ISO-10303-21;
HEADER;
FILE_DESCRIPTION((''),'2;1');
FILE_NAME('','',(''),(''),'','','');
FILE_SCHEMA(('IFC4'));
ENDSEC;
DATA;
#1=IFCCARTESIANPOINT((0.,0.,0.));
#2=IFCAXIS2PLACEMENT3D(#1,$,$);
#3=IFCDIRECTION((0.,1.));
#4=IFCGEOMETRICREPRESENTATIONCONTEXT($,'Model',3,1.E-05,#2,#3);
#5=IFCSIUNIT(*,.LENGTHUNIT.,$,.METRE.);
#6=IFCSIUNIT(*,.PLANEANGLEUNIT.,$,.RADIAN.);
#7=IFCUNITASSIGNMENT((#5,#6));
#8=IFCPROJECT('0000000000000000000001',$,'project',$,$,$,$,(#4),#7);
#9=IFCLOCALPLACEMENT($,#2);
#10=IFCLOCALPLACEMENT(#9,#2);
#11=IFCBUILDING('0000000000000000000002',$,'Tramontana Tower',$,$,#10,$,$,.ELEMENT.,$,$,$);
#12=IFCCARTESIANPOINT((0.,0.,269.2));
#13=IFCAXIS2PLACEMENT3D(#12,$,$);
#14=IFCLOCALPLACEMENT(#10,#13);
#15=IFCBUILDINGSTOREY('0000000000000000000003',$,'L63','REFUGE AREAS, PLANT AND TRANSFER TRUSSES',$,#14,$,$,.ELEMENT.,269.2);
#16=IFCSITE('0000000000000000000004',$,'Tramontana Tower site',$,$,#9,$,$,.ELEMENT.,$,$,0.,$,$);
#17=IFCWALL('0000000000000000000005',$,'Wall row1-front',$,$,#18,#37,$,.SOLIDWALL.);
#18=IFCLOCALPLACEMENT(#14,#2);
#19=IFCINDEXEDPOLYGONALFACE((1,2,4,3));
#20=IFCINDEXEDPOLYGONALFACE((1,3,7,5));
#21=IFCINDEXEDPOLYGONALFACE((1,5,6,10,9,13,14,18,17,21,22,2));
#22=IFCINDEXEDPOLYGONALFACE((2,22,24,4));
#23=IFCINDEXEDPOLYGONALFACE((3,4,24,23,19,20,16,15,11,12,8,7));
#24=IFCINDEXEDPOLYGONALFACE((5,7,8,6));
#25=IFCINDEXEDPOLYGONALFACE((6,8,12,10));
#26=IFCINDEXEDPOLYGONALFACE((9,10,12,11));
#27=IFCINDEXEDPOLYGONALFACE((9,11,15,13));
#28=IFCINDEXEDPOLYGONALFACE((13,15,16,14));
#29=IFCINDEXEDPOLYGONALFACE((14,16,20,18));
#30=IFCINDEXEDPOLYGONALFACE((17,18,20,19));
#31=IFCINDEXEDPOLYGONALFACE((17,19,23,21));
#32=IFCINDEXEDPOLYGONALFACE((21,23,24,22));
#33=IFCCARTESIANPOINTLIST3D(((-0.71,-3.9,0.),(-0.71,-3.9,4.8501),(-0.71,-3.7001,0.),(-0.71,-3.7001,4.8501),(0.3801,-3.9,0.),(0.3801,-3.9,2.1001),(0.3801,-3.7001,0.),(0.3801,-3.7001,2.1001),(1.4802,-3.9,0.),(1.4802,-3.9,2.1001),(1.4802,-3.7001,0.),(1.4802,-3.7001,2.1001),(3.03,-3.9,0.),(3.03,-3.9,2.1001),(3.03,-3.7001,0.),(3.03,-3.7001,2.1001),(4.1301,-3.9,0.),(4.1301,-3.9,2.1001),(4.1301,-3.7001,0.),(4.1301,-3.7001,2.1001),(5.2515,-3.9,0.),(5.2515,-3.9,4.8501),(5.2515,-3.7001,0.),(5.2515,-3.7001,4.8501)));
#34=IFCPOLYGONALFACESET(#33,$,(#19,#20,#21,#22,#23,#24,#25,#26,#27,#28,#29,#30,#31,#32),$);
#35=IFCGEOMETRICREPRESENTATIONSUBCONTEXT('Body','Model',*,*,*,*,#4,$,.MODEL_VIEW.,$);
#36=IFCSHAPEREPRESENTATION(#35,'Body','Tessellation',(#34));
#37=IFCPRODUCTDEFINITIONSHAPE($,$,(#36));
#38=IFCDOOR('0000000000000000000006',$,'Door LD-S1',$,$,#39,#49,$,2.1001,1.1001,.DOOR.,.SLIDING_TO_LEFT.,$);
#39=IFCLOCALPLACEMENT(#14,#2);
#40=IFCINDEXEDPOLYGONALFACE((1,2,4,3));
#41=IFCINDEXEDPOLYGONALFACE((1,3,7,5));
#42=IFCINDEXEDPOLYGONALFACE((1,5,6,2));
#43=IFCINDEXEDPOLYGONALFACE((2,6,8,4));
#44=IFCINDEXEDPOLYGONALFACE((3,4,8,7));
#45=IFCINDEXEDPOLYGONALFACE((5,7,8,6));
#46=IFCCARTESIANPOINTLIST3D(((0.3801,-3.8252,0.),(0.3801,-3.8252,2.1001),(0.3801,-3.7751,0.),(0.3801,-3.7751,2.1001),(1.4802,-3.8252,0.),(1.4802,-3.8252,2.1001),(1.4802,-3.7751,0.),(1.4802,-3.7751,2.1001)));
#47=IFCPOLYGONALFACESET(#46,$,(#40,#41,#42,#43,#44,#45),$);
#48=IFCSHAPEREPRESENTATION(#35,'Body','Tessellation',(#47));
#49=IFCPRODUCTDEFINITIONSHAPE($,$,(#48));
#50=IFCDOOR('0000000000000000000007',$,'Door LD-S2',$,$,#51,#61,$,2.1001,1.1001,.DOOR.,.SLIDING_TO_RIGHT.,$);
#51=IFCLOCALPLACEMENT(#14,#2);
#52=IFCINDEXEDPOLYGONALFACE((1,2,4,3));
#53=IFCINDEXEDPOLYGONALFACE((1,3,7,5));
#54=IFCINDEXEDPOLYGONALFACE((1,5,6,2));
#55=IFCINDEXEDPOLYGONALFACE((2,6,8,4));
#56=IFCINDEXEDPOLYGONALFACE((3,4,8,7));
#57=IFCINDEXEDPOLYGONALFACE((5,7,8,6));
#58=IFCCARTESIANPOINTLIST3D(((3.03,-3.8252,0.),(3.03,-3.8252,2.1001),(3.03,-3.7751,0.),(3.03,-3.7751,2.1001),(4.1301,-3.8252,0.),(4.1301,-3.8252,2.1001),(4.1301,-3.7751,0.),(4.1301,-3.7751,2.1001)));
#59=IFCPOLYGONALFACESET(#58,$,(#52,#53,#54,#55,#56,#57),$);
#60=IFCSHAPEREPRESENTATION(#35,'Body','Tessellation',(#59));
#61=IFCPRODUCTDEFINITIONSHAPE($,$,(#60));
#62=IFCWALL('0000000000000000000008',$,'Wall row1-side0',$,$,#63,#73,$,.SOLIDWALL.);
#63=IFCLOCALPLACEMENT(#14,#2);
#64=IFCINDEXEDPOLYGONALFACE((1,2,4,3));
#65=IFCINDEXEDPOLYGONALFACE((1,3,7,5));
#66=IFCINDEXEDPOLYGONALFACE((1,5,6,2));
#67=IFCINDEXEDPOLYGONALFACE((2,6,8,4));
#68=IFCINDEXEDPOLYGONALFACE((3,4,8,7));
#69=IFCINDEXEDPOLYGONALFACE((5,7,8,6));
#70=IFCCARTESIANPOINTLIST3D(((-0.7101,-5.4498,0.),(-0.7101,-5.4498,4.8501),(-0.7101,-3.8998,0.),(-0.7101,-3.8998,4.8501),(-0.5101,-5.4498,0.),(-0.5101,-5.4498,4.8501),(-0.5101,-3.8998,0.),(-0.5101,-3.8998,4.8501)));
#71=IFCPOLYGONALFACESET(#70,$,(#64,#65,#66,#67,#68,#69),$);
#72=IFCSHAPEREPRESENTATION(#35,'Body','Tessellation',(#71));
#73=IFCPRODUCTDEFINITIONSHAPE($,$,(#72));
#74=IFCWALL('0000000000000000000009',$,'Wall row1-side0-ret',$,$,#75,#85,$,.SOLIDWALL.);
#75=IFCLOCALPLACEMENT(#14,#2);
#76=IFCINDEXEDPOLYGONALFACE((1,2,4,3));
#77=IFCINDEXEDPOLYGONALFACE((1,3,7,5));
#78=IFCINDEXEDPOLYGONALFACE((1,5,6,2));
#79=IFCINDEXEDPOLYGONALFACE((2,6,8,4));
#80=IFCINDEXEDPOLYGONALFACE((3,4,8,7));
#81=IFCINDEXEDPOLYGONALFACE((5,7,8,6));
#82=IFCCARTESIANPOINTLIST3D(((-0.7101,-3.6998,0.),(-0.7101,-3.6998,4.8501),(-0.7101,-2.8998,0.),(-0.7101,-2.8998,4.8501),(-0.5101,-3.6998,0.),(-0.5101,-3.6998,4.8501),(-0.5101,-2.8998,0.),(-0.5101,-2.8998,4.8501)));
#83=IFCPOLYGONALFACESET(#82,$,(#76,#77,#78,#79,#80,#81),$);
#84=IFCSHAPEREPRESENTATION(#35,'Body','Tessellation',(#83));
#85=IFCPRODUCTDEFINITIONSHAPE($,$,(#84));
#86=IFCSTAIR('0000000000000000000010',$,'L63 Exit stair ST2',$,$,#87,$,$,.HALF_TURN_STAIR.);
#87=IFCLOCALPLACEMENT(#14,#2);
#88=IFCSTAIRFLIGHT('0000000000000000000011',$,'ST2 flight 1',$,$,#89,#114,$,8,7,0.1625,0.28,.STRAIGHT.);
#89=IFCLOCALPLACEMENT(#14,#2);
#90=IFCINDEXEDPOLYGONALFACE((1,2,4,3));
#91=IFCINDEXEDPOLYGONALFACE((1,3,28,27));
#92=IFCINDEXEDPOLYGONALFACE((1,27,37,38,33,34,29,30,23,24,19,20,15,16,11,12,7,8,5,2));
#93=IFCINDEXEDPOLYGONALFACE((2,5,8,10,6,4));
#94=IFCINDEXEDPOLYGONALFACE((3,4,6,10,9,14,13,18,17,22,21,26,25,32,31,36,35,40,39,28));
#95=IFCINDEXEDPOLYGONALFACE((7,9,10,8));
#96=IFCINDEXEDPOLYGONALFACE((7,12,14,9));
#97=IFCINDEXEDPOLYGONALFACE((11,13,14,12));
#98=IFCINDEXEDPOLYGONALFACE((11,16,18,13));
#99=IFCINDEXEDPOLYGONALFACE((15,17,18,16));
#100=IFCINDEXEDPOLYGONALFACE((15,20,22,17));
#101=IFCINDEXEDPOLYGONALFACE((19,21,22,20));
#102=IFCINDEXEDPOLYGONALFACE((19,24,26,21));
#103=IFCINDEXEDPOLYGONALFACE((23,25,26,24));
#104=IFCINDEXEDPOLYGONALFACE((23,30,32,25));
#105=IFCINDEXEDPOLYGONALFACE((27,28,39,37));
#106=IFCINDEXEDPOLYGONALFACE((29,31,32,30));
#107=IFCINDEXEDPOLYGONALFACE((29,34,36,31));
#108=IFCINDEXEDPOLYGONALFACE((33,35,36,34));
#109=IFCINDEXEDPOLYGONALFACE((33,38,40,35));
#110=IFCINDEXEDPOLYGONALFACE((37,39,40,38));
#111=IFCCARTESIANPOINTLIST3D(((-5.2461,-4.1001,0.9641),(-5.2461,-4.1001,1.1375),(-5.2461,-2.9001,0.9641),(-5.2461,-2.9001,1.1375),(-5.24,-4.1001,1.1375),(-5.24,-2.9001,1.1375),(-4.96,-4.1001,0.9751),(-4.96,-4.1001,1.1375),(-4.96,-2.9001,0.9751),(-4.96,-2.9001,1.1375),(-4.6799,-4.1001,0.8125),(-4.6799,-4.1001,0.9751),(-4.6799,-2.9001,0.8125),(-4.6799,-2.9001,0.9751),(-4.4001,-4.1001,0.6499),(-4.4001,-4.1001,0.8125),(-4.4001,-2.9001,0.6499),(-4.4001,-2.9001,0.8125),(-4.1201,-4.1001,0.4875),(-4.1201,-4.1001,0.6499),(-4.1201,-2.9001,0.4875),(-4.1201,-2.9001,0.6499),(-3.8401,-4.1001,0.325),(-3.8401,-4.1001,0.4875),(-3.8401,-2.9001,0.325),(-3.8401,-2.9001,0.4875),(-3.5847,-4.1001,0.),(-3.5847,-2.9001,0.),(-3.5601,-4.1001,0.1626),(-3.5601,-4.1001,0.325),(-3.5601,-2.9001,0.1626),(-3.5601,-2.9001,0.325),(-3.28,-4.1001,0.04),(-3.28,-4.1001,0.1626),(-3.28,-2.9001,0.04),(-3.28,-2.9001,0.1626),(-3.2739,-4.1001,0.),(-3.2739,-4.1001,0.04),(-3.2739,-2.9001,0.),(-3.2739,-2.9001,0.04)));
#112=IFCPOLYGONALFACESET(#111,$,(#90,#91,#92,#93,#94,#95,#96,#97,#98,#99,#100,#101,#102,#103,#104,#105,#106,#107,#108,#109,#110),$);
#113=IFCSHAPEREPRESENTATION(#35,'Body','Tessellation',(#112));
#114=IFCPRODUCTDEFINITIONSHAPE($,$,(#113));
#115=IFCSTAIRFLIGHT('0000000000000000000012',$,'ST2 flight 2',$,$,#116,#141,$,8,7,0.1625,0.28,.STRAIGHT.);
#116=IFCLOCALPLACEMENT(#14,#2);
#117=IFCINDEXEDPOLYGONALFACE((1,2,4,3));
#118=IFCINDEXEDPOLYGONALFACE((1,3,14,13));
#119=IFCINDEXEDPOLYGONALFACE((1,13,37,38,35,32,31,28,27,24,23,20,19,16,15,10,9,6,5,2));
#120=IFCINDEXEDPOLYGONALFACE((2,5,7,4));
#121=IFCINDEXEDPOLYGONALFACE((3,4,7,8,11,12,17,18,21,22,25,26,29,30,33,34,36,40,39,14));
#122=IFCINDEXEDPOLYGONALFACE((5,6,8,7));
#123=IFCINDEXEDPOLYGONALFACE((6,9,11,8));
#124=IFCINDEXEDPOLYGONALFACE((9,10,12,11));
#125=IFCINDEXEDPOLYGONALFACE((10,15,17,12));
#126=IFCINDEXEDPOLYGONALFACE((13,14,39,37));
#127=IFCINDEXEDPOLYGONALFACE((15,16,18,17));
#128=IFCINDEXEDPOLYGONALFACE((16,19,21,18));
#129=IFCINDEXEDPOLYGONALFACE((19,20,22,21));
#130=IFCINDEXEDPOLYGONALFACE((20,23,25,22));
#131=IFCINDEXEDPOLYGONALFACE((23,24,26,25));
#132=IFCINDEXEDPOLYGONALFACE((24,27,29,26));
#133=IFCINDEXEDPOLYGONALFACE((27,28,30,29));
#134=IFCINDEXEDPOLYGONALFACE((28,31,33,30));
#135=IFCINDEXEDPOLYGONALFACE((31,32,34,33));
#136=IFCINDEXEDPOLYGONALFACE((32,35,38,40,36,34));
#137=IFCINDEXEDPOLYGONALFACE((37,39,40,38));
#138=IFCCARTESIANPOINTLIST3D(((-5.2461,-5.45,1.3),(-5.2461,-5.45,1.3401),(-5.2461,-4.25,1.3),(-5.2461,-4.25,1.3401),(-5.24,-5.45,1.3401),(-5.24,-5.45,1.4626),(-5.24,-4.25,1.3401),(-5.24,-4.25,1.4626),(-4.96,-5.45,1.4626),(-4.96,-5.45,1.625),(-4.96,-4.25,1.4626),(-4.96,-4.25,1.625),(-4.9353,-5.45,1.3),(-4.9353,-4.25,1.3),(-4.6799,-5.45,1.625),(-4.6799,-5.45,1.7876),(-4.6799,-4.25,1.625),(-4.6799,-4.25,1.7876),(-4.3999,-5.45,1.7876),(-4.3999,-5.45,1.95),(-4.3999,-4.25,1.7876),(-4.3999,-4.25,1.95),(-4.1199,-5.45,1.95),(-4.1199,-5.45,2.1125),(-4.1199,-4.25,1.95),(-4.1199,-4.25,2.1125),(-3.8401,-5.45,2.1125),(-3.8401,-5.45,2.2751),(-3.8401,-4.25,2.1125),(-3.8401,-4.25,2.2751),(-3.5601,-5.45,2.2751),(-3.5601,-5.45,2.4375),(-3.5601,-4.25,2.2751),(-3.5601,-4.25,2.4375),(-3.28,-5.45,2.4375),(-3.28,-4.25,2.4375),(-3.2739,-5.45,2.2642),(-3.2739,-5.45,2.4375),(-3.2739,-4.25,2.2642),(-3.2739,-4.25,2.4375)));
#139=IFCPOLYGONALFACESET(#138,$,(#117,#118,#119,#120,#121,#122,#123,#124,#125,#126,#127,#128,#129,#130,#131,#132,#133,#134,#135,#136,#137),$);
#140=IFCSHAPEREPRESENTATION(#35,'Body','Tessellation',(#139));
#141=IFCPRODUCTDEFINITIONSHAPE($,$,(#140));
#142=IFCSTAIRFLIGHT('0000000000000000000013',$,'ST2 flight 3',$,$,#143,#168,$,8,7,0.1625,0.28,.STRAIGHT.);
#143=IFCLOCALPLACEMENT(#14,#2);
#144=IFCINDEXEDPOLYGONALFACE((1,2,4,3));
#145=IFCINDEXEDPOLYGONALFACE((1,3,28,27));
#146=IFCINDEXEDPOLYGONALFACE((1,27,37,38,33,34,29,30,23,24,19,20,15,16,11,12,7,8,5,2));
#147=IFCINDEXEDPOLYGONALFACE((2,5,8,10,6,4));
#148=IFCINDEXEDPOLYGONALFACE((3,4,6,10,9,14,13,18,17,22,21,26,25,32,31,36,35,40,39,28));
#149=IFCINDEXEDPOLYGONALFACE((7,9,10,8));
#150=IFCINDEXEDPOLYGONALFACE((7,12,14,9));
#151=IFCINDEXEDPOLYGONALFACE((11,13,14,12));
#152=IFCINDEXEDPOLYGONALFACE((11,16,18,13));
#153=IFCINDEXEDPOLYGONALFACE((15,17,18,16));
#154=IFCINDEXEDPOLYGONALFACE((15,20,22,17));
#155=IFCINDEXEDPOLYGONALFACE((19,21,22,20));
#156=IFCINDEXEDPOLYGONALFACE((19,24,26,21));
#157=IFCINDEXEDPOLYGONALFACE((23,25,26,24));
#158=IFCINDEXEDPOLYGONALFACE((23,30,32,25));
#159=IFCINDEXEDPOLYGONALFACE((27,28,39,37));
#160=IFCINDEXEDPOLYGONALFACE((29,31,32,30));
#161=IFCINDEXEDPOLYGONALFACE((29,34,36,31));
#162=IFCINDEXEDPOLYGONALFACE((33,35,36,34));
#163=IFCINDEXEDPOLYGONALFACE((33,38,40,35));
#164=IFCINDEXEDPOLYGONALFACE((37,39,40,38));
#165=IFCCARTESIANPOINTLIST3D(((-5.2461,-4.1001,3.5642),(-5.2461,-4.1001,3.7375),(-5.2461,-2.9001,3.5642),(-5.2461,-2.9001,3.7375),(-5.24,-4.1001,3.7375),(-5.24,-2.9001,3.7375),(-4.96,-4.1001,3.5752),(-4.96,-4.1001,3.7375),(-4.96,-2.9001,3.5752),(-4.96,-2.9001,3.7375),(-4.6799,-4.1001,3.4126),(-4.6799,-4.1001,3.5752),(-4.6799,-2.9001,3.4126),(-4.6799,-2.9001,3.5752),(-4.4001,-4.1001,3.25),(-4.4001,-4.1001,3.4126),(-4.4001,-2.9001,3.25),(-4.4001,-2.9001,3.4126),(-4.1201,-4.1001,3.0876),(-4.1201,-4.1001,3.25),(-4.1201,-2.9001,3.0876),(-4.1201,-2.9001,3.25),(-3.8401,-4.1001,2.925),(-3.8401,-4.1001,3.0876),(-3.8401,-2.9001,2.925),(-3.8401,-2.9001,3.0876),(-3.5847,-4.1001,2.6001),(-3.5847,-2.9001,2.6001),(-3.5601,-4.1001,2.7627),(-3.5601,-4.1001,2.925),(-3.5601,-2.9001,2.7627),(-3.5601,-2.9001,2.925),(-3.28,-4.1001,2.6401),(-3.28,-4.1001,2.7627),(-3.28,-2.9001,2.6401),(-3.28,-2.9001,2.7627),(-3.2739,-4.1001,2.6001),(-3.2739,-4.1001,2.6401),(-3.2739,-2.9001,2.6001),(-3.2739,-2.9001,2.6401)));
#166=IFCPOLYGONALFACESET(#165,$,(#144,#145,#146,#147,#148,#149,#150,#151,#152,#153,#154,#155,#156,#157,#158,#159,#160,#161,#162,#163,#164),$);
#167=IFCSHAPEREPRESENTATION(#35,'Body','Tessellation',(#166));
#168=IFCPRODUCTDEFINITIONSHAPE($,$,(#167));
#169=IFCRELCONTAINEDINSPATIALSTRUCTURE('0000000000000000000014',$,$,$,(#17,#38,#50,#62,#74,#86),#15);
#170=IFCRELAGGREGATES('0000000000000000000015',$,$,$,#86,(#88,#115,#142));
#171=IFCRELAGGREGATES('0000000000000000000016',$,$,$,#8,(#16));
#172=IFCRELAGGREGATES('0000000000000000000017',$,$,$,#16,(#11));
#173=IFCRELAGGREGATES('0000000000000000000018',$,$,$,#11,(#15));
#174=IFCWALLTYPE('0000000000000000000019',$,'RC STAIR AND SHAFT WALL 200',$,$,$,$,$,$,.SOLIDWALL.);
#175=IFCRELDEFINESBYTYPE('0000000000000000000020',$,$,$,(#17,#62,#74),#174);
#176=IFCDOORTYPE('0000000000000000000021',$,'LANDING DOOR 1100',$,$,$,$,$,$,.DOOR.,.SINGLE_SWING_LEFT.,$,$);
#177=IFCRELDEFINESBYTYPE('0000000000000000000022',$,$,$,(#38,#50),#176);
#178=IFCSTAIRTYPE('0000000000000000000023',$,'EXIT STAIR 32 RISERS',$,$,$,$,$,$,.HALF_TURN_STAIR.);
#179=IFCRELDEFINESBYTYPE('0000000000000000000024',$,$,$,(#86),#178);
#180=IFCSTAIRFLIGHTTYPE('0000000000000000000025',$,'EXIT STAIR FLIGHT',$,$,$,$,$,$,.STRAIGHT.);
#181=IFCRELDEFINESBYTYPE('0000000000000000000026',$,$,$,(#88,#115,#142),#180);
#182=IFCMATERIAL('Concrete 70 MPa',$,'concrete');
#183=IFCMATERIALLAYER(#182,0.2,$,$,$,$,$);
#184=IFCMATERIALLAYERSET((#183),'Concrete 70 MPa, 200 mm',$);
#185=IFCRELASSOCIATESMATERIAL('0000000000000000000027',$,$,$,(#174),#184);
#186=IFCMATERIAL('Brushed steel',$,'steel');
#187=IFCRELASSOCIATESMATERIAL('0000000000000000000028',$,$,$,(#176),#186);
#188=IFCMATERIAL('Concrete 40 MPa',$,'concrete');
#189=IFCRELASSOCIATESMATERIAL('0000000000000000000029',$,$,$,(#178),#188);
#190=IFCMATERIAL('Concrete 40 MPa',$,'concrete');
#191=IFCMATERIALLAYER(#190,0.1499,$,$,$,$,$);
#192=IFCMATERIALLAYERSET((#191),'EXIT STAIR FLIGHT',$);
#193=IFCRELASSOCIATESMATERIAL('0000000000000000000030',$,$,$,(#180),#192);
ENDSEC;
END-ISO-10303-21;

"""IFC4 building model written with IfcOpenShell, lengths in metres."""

from ifc_helpers import new_model, si_unit, direction, frame, frame_2d, origin, place, context, subcontext, project, spatial, polyline, rectangle, outline, extrude, material, layer, layer_set, type_object, element, fill, aggregate, save


model = new_model("IFC4")

# Units and contexts
model_context = context("Model", 3, precision=1e-05, world=origin(), true_north=direction((0.0, 1.0)))
body_context = subcontext(model_context, "Body", "Model", "MODEL_VIEW")
ifc_project = project(units=[si_unit("LENGTHUNIT", "METRE"), si_unit("PLANEANGLEUNIT", "RADIAN")], contexts=[model_context])

# Site, building, storey
site_placement = place(None, origin())
site = spatial("IfcSite", under=ifc_project, at=site_placement, Name="Tramontana Tower site", CompositionType="ELEMENT", RefElevation=0.0)
building_placement = place(site_placement, origin())
building = spatial("IfcBuilding", under=site, at=building_placement, Name="Tramontana Tower", CompositionType="ELEMENT")
storey_placement = place(building_placement, frame((0.0, 0.0, 269.2)))
storey = spatial("IfcBuildingStorey", under=building, at=storey_placement, Name="L63", Description="REFUGE AREAS, PLANT AND TRANSFER TRUSSES", CompositionType="ELEMENT", Elevation=269.2)

# Shared definitions
ifc_material_1 = material(Name="Concrete 70 MPa", Category="concrete")
ifc_layer_1 = layer(ifc_material_1, 0.2)
ifc_layer_set_1 = layer_set([ifc_layer_1], Name="Concrete 70 MPa, 200 mm")
wall_type_1 = type_object("IfcWallType", Name="RC STAIR AND SHAFT WALL 200", PredefinedType="SOLIDWALL", material=ifc_layer_set_1)

# Wall, openings, doors
wall_1_placement = place(storey_placement, frame((-0.71, -3.8, 0.0), z_axis=(0.0, 0.0, 1.0), x_axis=(1.0, 0.0, 0.0)))
wall_1 = element("IfcWall", 1, at=wall_1_placement, inside=storey, type_object=wall_type_1, Name="Wall row1-front", PredefinedType="SOLIDWALL", context=body_context, shape_type="SweptSolid", body=[
    extrude(rectangle(XDim=5.9614, YDim=0.2, at=frame_2d((2.9807, 0.0))), origin(), (0.0, 0.0, 1.0), 4.8501),
])
opening_1_placement = place(wall_1_placement, frame((1.0901, 0.0, 0.0)))
opening_1 = element("IfcOpeningElement", 2, at=opening_1_placement, cuts=wall_1, PredefinedType="OPENING", context=body_context, shape_type="SweptSolid", body=[
    extrude(rectangle(XDim=1.1001, YDim=2.1001, at=frame_2d((0.55, 1.05))), frame((0.0, 0.1099, 0.0), z_axis=(0.0, -1.0, 0.0), x_axis=(1.0, 0.0, 0.0)), (0.0, 0.0, 1.0), 0.22),
])
opening_2_placement = place(wall_1_placement, frame((3.74, 0.0, 0.0)))
opening_2 = element("IfcOpeningElement", 3, at=opening_2_placement, cuts=wall_1, PredefinedType="OPENING", context=body_context, shape_type="SweptSolid", body=[
    extrude(rectangle(XDim=1.1001, YDim=2.1001, at=frame_2d((0.55, 1.05))), frame((0.0, 0.1099, 0.0), z_axis=(0.0, -1.0, 0.0), x_axis=(1.0, 0.0, 0.0)), (0.0, 0.0, 1.0), 0.22),
])
ifc_material_2 = material(Name="Brushed steel", Category="steel")
door_type_1 = type_object("IfcDoorType", Name="LANDING DOOR 1100", OperationType="SINGLE_SWING_LEFT", PredefinedType="DOOR", material=ifc_material_2)
door_1_placement = place(opening_1_placement, origin())
door_1 = element("IfcDoor", 4, at=door_1_placement, inside=storey, type_object=door_type_1, Name="Door LD-S1", OperationType="SLIDING_TO_LEFT", OverallHeight=2.1001, OverallWidth=1.1001, PredefinedType="DOOR", context=body_context, shape_type="SweptSolid", body=[
    extrude(rectangle(XDim=1.1001, YDim=2.1001, at=frame_2d((0.55, 1.05))), frame((0.0, 0.0249, 0.0), z_axis=(0.0, -1.0, 0.0), x_axis=(1.0, 0.0, 0.0)), (0.0, 0.0, 1.0), 0.05),
])
fill(opening_1, door_1)
door_2_placement = place(opening_2_placement, origin())
door_2 = element("IfcDoor", 5, at=door_2_placement, inside=storey, type_object=door_type_1, Name="Door LD-S2", OperationType="SLIDING_TO_RIGHT", OverallHeight=2.1001, OverallWidth=1.1001, PredefinedType="DOOR", context=body_context, shape_type="SweptSolid", body=[
    extrude(rectangle(XDim=1.1001, YDim=2.1001, at=frame_2d((0.55, 1.05))), frame((0.0, 0.0249, 0.0), z_axis=(0.0, -1.0, 0.0), x_axis=(1.0, 0.0, 0.0)), (0.0, 0.0, 1.0), 0.05),
])
fill(opening_2, door_2)

# Walls
wall_2_placement = place(storey_placement, frame((-0.6101, -3.8999, 0.0), z_axis=(0.0, 0.0, 1.0), x_axis=(0.0, -1.0, 0.0)))
element("IfcWall", 6, at=wall_2_placement, inside=storey, type_object=wall_type_1, Name="Wall row1-side0", PredefinedType="SOLIDWALL", context=body_context, shape_type="SweptSolid", body=[
    extrude(rectangle(XDim=1.55, YDim=0.2, at=frame_2d((0.7749, 0.0))), origin(), (0.0, 0.0, 1.0), 4.8501),
])
wall_3_placement = place(storey_placement, frame((-0.6101, -2.8999, 0.0), z_axis=(0.0, 0.0, 1.0), x_axis=(0.0, -1.0, 0.0)))
element("IfcWall", 7, at=wall_3_placement, inside=storey, type_object=wall_type_1, Name="Wall row1-side0-ret", PredefinedType="SOLIDWALL", context=body_context, shape_type="SweptSolid", body=[
    extrude(rectangle(XDim=0.8, YDim=0.2, at=frame_2d((0.3999, 0.0))), origin(), (0.0, 0.0, 1.0), 4.8501),
])

# Stair, stair flights
ifc_material_3 = material(Name="Concrete 40 MPa", Category="concrete")
stair_type = type_object("IfcStairType", Name="EXIT STAIR 32 RISERS", PredefinedType="HALF_TURN_STAIR", material=ifc_material_3)
stair_placement = place(storey_placement, origin())
stair = element("IfcStair", 8, at=stair_placement, inside=storey, type_object=stair_type, Name="L63 Exit stair ST2", PredefinedType="HALF_TURN_STAIR")
ifc_material_4 = material(Name="Concrete 40 MPa", Category="concrete")
ifc_layer_2 = layer(ifc_material_4, 0.1499)
ifc_layer_set_2 = layer_set([ifc_layer_2], Name="EXIT STAIR FLIGHT")
stair_flight_type = type_object("IfcStairFlightType", Name="EXIT STAIR FLIGHT", PredefinedType="STRAIGHT", material=ifc_layer_set_2)
stair_flight_1_placement = place(storey_placement, frame((-3.28, -3.5, 0.0), z_axis=(0.0, 0.0, 1.0), x_axis=(-1.0, 0.0, 0.0)))
stair_flight_1 = element("IfcStairFlight", 9, at=stair_flight_1_placement, type_object=stair_flight_type, Name="ST2 flight 1", NumberOfRisers=8, NumberOfTreads=7, PredefinedType="STRAIGHT", RiserHeight=0.1625, TreadLength=0.28, context=body_context, shape_type="SweptSolid", body=[
    extrude(outline(polyline([(-0.0061, 0.0), (-0.0061, 0.04), (0.0, 0.04), (0.0, 0.1626), (0.28, 0.1626), (0.28, 0.325), (0.5601, 0.325), (0.5601, 0.4875), (0.8401, 0.4875), (0.8401, 0.6499), (1.1201, 0.6499), (1.1201, 0.8125), (1.3999, 0.8125), (1.3999, 0.9751), (1.6799, 0.9751), (1.6799, 1.1375), (1.96, 1.1375), (1.9661, 1.1375), (1.9661, 0.9641), (0.3047, 0.0), (-0.0061, 0.0)])), frame((0.0, 0.6001, 0.0), z_axis=(0.0, -1.0, 0.0), x_axis=(1.0, 0.0, 0.0)), (0.0, 0.0, 1.0), 1.2),
])
stair_flight_2_placement = place(storey_placement, frame((-5.24, -4.8501, 1.3), z_axis=(0.0, 0.0, 1.0), x_axis=(1.0, 0.0, 0.0)))
stair_flight_2 = element("IfcStairFlight", 10, at=stair_flight_2_placement, type_object=stair_flight_type, Name="ST2 flight 2", NumberOfRisers=8, NumberOfTreads=7, PredefinedType="STRAIGHT", RiserHeight=0.1625, TreadLength=0.28, context=body_context, shape_type="SweptSolid", body=[
    extrude(outline(polyline([(-0.0061, 0.0), (-0.0061, 0.04), (0.0, 0.04), (0.0, 0.1626), (0.28, 0.1626), (0.28, 0.325), (0.5601, 0.325), (0.5601, 0.4875), (0.8401, 0.4875), (0.8401, 0.6499), (1.1201, 0.6499), (1.1201, 0.8125), (1.3999, 0.8125), (1.3999, 0.9751), (1.6799, 0.9751), (1.6799, 1.1375), (1.96, 1.1375), (1.9661, 1.1375), (1.9661, 0.9641), (0.3047, 0.0), (-0.0061, 0.0)])), frame((0.0, 0.6001, 0.0), z_axis=(0.0, -1.0, 0.0), x_axis=(1.0, 0.0, 0.0)), (0.0, 0.0, 1.0), 1.2),
])
stair_flight_3_placement = place(storey_placement, frame((-3.28, -3.5, 2.6001), z_axis=(0.0, 0.0, 1.0), x_axis=(-1.0, 0.0, 0.0)))
stair_flight_3 = element("IfcStairFlight", 11, at=stair_flight_3_placement, type_object=stair_flight_type, Name="ST2 flight 3", NumberOfRisers=8, NumberOfTreads=7, PredefinedType="STRAIGHT", RiserHeight=0.1625, TreadLength=0.28, context=body_context, shape_type="SweptSolid", body=[
    extrude(outline(polyline([(-0.0061, 0.0), (-0.0061, 0.04), (0.0, 0.04), (0.0, 0.1626), (0.28, 0.1626), (0.28, 0.325), (0.5601, 0.325), (0.5601, 0.4875), (0.8401, 0.4875), (0.8401, 0.6499), (1.1201, 0.6499), (1.1201, 0.8125), (1.3999, 0.8125), (1.3999, 0.9751), (1.6799, 0.9751), (1.6799, 1.1375), (1.96, 1.1375), (1.9661, 1.1375), (1.9661, 0.9641), (0.3047, 0.0), (-0.0061, 0.0)])), frame((0.0, 0.6001, 0.0), z_axis=(0.0, -1.0, 0.0), x_axis=(1.0, 0.0, 0.0)), (0.0, 0.0, 1.0), 1.2),
])
aggregate(stair, [stair_flight_1, stair_flight_2, stair_flight_3])

save(model, "model.ifc")
